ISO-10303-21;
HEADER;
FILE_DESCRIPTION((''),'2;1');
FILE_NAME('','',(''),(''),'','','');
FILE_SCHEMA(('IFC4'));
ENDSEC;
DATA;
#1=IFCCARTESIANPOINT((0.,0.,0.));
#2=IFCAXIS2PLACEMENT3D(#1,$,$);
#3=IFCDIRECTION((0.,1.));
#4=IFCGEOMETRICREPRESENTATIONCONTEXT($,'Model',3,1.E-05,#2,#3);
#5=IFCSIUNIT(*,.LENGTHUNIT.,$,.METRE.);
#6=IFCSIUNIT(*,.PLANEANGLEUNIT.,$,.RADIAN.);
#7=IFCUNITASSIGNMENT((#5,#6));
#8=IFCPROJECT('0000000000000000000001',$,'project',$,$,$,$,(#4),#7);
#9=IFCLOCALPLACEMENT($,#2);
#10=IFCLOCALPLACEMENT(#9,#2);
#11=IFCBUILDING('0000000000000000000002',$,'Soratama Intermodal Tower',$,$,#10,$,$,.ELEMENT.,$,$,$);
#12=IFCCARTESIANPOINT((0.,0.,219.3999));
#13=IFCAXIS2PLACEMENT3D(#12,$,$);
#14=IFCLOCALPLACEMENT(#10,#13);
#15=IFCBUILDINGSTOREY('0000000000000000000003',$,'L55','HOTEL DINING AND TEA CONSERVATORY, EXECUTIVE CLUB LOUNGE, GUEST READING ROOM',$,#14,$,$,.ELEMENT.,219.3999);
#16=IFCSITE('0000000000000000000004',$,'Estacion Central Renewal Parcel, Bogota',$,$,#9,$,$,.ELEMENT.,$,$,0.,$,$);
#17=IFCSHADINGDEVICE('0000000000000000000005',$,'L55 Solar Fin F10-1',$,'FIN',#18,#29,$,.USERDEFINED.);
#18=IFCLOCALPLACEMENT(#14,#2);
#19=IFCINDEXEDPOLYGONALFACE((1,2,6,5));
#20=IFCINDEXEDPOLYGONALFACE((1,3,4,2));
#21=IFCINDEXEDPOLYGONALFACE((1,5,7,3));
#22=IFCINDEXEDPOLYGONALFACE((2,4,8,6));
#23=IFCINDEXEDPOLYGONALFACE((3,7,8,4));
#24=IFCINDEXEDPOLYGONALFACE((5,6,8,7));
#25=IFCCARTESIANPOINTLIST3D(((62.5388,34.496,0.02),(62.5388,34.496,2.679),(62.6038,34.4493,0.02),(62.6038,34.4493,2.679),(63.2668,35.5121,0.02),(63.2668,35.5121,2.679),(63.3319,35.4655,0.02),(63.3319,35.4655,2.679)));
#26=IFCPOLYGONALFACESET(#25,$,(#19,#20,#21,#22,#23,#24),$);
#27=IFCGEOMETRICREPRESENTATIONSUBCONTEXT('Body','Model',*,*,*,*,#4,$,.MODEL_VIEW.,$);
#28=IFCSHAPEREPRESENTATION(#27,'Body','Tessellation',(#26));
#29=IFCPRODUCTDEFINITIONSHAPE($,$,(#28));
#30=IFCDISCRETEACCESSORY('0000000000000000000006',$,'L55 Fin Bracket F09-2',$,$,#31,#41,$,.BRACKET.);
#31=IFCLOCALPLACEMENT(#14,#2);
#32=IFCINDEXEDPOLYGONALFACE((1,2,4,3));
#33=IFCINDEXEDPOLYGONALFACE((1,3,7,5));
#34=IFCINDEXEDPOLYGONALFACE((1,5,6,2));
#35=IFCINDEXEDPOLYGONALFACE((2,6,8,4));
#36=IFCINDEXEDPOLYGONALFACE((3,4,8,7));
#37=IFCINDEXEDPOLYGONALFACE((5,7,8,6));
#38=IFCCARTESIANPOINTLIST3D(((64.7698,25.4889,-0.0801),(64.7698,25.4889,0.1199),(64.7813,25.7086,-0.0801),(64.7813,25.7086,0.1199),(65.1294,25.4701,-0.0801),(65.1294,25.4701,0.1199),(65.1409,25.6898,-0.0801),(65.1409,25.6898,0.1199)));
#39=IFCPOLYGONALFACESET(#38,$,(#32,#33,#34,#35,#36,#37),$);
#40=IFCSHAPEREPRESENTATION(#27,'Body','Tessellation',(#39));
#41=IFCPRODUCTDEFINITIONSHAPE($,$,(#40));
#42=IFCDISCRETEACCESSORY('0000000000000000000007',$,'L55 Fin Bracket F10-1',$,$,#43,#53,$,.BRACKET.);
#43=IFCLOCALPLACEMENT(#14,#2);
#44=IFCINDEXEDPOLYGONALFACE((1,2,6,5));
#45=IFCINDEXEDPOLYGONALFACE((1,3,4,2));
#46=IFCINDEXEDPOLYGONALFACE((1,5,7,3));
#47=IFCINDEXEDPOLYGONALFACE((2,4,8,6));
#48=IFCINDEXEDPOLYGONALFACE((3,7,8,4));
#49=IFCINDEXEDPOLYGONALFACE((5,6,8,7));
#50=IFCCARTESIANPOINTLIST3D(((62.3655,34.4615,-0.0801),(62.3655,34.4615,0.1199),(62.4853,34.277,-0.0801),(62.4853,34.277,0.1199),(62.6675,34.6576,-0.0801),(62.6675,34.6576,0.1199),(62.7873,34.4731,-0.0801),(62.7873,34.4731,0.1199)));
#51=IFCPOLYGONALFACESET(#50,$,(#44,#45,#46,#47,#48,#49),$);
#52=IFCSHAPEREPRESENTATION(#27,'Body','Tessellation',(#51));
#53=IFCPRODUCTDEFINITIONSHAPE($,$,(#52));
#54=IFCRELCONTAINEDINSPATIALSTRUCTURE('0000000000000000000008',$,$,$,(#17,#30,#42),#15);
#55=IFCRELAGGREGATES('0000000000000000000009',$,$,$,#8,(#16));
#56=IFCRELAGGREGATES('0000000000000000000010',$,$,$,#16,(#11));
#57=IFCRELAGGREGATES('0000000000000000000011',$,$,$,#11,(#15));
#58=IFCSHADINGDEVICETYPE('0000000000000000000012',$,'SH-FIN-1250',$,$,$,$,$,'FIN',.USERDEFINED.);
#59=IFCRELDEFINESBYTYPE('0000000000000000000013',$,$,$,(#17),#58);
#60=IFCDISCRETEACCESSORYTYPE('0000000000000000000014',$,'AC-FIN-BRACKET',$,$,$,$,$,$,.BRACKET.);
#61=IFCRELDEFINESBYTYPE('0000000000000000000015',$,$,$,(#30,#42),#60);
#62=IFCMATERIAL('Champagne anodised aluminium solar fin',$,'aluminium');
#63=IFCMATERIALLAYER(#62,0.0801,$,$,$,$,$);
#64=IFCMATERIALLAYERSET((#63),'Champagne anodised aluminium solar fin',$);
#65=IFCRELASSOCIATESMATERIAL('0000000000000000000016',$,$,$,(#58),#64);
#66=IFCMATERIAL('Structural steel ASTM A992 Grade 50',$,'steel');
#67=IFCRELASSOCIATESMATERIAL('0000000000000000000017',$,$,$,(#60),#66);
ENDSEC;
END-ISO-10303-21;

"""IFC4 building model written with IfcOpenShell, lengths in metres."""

from ifc_helpers import new_model, si_unit, direction, frame, origin, origin_2d, place, context, subcontext, project, spatial, rectangle, extrude, material, layer, layer_set, type_object, element, save


model = new_model("IFC4")

# Units and contexts
model_context = context("Model", 3, precision=1e-05, world=origin(), true_north=direction((0.0, 1.0)))
body_context = subcontext(model_context, "Body", "Model", "MODEL_VIEW")
ifc_project = project(units=[si_unit("LENGTHUNIT", "METRE"), si_unit("PLANEANGLEUNIT", "RADIAN")], contexts=[model_context])

# Site, building, storey
site_placement = place(None, origin())
site = spatial("IfcSite", under=ifc_project, at=site_placement, Name="Estacion Central Renewal Parcel, Bogota", CompositionType="ELEMENT", RefElevation=0.0)
building_placement = place(site_placement, origin())
building = spatial("IfcBuilding", under=site, at=building_placement, Name="Soratama Intermodal Tower", CompositionType="ELEMENT")
storey_placement = place(building_placement, frame((0.0, 0.0, 219.3999)))
storey = spatial("IfcBuildingStorey", under=building, at=storey_placement, Name="L55", Description="HOTEL DINING AND TEA CONSERVATORY, EXECUTIVE CLUB LOUNGE, GUEST READING ROOM", CompositionType="ELEMENT", Elevation=219.3999)

# Shading device
ifc_material_1 = material(Name="Champagne anodised aluminium solar fin", Category="aluminium")
ifc_layer_1 = layer(ifc_material_1, 0.0801)
ifc_layer_set_1 = layer_set([ifc_layer_1], Name="Champagne anodised aluminium solar fin")
shading_device_type = type_object("IfcShadingDeviceType", Name="SH-FIN-1250", ElementType="FIN", PredefinedType="USERDEFINED", material=ifc_layer_set_1)
for number, where, z_axis, x_axis, name in (
    (1, (62.9353, 34.9807, 0.02), (0.0, 0.0, 1.0), (0.582407, 0.812898, 0.0), "L55 Solar Fin F10-1"),
):
    element("IfcShadingDevice", number, at=place(storey_placement, frame(where, z_axis=z_axis, x_axis=x_axis)), inside=storey, type_object=shading_device_type, Name=name, ObjectType="FIN", PredefinedType="USERDEFINED", context=body_context, shape_type="SweptSolid", body=[
        extrude(rectangle(XDim=1.25, YDim=0.0801, at=origin_2d()), origin(), (0.0, 0.0, 1.0), 2.6589),
    ])

# Discrete accessories
ifc_material_2 = material(Name="Structural steel ASTM A992 Grade 50", Category="steel")
discrete_accessory_type = type_object("IfcDiscreteAccessoryType", Name="AC-FIN-BRACKET", PredefinedType="BRACKET", material=ifc_material_2)
for number, where, z_axis, x_axis, name in (
    (2, (64.9553, 25.5894, -0.0801), (0.0, 0.0, 1.0), (0.99863, -0.052336, 0.0), "L55 Fin Bracket F09-2"),
    (3, (62.5764, 34.4673, -0.0801), (0.0, 0.0, 1.0), (0.838671, 0.544639, 0.0), "L55 Fin Bracket F10-1"),
):
    element("IfcDiscreteAccessory", number, at=place(storey_placement, frame(where, z_axis=z_axis, x_axis=x_axis)), inside=storey, type_object=discrete_accessory_type, Name=name, PredefinedType="BRACKET", context=body_context, shape_type="SweptSolid", body=[
        extrude(rectangle(XDim=0.3601, YDim=0.22, at=origin_2d()), origin(), (0.0, 0.0, 1.0), 0.2),
    ])

save(model, "model.ifc")
